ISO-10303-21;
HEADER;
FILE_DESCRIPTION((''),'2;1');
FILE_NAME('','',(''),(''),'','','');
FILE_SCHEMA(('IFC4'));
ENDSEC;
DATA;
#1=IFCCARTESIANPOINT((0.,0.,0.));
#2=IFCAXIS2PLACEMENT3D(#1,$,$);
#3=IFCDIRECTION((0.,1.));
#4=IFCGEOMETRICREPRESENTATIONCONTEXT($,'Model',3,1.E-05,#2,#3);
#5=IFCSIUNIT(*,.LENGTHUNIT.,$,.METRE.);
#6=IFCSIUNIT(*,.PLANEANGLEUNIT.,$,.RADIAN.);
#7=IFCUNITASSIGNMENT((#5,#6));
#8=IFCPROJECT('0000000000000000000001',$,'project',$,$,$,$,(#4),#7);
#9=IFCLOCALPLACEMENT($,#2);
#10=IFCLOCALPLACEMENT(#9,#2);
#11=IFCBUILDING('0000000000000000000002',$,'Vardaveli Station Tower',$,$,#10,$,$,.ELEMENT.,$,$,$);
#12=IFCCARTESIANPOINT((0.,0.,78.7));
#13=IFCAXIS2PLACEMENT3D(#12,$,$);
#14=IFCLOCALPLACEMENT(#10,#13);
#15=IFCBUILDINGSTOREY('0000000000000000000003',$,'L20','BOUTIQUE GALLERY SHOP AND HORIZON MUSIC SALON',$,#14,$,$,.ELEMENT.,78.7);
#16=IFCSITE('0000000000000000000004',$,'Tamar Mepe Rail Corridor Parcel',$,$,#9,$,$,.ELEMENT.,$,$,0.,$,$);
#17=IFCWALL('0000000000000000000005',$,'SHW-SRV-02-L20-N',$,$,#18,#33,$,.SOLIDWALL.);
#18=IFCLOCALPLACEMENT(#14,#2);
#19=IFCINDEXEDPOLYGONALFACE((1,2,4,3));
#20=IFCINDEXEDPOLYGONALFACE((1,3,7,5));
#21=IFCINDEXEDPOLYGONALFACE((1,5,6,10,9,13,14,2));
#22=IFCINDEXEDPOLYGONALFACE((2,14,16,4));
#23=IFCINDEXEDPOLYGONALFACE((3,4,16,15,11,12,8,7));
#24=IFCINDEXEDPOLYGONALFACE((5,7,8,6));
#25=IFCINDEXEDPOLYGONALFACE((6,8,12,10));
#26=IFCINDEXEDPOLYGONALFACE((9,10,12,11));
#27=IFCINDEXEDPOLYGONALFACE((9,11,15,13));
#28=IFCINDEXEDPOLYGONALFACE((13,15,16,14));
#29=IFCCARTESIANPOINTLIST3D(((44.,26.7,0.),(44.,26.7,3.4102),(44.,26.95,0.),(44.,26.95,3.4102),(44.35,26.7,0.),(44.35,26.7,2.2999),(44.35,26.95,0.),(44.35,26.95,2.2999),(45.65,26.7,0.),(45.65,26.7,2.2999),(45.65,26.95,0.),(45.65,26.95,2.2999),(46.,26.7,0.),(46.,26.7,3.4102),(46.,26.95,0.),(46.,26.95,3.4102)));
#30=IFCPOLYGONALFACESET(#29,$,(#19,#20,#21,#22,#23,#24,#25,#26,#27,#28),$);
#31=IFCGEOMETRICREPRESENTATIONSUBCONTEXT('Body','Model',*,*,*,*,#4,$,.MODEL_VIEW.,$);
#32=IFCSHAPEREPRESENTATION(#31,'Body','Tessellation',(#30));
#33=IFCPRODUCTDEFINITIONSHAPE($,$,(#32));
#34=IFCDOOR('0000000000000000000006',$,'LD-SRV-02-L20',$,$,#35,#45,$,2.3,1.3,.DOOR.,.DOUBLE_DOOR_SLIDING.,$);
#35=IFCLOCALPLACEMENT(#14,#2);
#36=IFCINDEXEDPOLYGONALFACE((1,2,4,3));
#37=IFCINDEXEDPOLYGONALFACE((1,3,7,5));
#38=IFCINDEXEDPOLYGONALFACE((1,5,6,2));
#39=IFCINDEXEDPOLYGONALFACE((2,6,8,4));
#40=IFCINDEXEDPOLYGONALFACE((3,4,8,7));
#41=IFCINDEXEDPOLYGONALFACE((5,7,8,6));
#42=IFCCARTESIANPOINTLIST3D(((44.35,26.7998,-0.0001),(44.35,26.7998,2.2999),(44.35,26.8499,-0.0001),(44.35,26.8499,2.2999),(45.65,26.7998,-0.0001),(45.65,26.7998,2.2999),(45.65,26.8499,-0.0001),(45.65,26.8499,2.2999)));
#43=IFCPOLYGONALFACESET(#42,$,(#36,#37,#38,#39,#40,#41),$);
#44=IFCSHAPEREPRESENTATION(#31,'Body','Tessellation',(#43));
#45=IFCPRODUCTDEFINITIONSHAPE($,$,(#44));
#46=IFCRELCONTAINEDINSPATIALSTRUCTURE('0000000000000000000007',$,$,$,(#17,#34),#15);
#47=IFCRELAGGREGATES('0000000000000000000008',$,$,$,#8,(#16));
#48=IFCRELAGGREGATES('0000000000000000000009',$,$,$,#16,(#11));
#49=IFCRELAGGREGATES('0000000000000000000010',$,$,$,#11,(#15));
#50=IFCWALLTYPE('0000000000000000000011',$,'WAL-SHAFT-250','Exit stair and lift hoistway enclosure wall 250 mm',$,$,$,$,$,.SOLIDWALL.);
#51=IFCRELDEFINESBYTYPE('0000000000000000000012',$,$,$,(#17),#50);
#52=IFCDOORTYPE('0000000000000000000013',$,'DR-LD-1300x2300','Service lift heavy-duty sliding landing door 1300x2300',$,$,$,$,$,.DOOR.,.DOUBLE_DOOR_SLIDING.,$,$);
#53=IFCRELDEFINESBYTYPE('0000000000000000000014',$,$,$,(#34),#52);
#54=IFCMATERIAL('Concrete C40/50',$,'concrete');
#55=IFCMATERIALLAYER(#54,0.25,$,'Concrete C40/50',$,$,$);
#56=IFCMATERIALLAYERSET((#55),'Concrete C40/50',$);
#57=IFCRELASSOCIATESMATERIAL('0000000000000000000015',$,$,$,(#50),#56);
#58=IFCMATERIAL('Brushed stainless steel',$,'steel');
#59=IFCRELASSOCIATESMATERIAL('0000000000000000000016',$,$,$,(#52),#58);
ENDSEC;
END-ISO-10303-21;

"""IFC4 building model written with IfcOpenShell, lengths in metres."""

from ifc_helpers import new_model, si_unit, direction, frame, frame_2d, origin, place, context, subcontext, project, spatial, rectangle, extrude, source, transform, mapped, material, layer, layer_set, type_object, element, fill, save


model = new_model("IFC4")

# Units and contexts
model_context = context("Model", 3, precision=1e-05, world=origin(), true_north=direction((0.0, 1.0)))
body_context = subcontext(model_context, "Body", "Model", "MODEL_VIEW")
ifc_project = project(units=[si_unit("LENGTHUNIT", "METRE"), si_unit("PLANEANGLEUNIT", "RADIAN")], contexts=[model_context])

# Site, building, storey
site_placement = place(None, origin())
site = spatial("IfcSite", under=ifc_project, at=site_placement, Name="Tamar Mepe Rail Corridor Parcel", CompositionType="ELEMENT", RefElevation=0.0)
building_placement = place(site_placement, origin())
building = spatial("IfcBuilding", under=site, at=building_placement, Name="Vardaveli Station Tower", CompositionType="ELEMENT")
storey_placement = place(building_placement, frame((0.0, 0.0, 78.7)))
storey = spatial("IfcBuildingStorey", under=building, at=storey_placement, Name="L20", Description="BOUTIQUE GALLERY SHOP AND HORIZON MUSIC SALON", CompositionType="ELEMENT", Elevation=78.7)

# Shared definitions
ifc_material_1 = material(Name="Concrete C40/50", Category="concrete")
ifc_layer_1 = layer(ifc_material_1, 0.25, Name="Concrete C40/50")
ifc_layer_set_1 = layer_set([ifc_layer_1], Name="Concrete C40/50")
wall_type_1 = type_object("IfcWallType", Name="WAL-SHAFT-250", Description="Exit stair and lift hoistway enclosure wall 250 mm", PredefinedType="SOLIDWALL", material=ifc_layer_set_1)
shared_shape_1 = source(origin(), body_context, "Body", "SweptSolid", [
    extrude(rectangle(XDim=1.3, YDim=2.3, at=frame_2d((0.6499, 1.1499))), frame((0.0, 0.135, 0.0), z_axis=(0.0, -1.0, 0.0), x_axis=(1.0, 0.0, 0.0)), (0.0, 0.0, 1.0), 0.27),
])
ifc_material_2 = material(Name="Brushed stainless steel", Category="steel")
door_type = type_object("IfcDoorType", Name="DR-LD-1300x2300", Description="Service lift heavy-duty sliding landing door 1300x2300", OperationType="DOUBLE_DOOR_SLIDING", PredefinedType="DOOR", material=ifc_material_2)
shared_shape_2 = source(origin(), body_context, "Body", "SweptSolid", [
    extrude(rectangle(XDim=1.3, YDim=2.3, at=frame_2d((0.6499, 1.1499))), frame((0.0, 0.0249, 0.0), z_axis=(0.0, -1.0, 0.0), x_axis=(1.0, 0.0, 0.0)), (0.0, 0.0, 1.0), 0.05),
])

# Shared definitions
shared_shape_3 = source(origin(), body_context, "Body", "SweptSolid", [
    extrude(rectangle(XDim=2.0, YDim=0.25, at=frame_2d((1.0, 0.0))), origin(), (0.0, 0.0, 1.0), 3.4102),
])

# Wall, opening, door
wall_1_placement = place(storey_placement, frame((44.0, 26.825, 0.0), z_axis=(0.0, 0.0, 1.0), x_axis=(1.0, 0.0, 0.0)))
wall_1 = element("IfcWall", 1, at=wall_1_placement, inside=storey, type_object=wall_type_1, Name="SHW-SRV-02-L20-N", PredefinedType="SOLIDWALL", context=body_context, shape_type="MappedRepresentation", body=[
    mapped(shared_shape_3, transform((0.0, 0.0, 0.0), scale=1.0)),
])
opening_1_placement = place(wall_1_placement, frame((0.3501, 0.0, 0.0)))
opening_1 = element("IfcOpeningElement", 2, at=opening_1_placement, cuts=wall_1, PredefinedType="OPENING", context=body_context, shape_type="MappedRepresentation", body=[
    mapped(shared_shape_1, transform((0.0, 0.0, 0.0), scale=1.0)),
])
door_1_placement = place(opening_1_placement, origin())
door_1 = element("IfcDoor", 3, at=door_1_placement, inside=storey, type_object=door_type, Name="LD-SRV-02-L20", OperationType="DOUBLE_DOOR_SLIDING", OverallHeight=2.3, OverallWidth=1.3, PredefinedType="DOOR", context=body_context, shape_type="MappedRepresentation", body=[
    mapped(shared_shape_2, transform((0.0, 0.0, 0.0), scale=1.0)),
])
fill(opening_1, door_1)

save(model, "model.ifc")
